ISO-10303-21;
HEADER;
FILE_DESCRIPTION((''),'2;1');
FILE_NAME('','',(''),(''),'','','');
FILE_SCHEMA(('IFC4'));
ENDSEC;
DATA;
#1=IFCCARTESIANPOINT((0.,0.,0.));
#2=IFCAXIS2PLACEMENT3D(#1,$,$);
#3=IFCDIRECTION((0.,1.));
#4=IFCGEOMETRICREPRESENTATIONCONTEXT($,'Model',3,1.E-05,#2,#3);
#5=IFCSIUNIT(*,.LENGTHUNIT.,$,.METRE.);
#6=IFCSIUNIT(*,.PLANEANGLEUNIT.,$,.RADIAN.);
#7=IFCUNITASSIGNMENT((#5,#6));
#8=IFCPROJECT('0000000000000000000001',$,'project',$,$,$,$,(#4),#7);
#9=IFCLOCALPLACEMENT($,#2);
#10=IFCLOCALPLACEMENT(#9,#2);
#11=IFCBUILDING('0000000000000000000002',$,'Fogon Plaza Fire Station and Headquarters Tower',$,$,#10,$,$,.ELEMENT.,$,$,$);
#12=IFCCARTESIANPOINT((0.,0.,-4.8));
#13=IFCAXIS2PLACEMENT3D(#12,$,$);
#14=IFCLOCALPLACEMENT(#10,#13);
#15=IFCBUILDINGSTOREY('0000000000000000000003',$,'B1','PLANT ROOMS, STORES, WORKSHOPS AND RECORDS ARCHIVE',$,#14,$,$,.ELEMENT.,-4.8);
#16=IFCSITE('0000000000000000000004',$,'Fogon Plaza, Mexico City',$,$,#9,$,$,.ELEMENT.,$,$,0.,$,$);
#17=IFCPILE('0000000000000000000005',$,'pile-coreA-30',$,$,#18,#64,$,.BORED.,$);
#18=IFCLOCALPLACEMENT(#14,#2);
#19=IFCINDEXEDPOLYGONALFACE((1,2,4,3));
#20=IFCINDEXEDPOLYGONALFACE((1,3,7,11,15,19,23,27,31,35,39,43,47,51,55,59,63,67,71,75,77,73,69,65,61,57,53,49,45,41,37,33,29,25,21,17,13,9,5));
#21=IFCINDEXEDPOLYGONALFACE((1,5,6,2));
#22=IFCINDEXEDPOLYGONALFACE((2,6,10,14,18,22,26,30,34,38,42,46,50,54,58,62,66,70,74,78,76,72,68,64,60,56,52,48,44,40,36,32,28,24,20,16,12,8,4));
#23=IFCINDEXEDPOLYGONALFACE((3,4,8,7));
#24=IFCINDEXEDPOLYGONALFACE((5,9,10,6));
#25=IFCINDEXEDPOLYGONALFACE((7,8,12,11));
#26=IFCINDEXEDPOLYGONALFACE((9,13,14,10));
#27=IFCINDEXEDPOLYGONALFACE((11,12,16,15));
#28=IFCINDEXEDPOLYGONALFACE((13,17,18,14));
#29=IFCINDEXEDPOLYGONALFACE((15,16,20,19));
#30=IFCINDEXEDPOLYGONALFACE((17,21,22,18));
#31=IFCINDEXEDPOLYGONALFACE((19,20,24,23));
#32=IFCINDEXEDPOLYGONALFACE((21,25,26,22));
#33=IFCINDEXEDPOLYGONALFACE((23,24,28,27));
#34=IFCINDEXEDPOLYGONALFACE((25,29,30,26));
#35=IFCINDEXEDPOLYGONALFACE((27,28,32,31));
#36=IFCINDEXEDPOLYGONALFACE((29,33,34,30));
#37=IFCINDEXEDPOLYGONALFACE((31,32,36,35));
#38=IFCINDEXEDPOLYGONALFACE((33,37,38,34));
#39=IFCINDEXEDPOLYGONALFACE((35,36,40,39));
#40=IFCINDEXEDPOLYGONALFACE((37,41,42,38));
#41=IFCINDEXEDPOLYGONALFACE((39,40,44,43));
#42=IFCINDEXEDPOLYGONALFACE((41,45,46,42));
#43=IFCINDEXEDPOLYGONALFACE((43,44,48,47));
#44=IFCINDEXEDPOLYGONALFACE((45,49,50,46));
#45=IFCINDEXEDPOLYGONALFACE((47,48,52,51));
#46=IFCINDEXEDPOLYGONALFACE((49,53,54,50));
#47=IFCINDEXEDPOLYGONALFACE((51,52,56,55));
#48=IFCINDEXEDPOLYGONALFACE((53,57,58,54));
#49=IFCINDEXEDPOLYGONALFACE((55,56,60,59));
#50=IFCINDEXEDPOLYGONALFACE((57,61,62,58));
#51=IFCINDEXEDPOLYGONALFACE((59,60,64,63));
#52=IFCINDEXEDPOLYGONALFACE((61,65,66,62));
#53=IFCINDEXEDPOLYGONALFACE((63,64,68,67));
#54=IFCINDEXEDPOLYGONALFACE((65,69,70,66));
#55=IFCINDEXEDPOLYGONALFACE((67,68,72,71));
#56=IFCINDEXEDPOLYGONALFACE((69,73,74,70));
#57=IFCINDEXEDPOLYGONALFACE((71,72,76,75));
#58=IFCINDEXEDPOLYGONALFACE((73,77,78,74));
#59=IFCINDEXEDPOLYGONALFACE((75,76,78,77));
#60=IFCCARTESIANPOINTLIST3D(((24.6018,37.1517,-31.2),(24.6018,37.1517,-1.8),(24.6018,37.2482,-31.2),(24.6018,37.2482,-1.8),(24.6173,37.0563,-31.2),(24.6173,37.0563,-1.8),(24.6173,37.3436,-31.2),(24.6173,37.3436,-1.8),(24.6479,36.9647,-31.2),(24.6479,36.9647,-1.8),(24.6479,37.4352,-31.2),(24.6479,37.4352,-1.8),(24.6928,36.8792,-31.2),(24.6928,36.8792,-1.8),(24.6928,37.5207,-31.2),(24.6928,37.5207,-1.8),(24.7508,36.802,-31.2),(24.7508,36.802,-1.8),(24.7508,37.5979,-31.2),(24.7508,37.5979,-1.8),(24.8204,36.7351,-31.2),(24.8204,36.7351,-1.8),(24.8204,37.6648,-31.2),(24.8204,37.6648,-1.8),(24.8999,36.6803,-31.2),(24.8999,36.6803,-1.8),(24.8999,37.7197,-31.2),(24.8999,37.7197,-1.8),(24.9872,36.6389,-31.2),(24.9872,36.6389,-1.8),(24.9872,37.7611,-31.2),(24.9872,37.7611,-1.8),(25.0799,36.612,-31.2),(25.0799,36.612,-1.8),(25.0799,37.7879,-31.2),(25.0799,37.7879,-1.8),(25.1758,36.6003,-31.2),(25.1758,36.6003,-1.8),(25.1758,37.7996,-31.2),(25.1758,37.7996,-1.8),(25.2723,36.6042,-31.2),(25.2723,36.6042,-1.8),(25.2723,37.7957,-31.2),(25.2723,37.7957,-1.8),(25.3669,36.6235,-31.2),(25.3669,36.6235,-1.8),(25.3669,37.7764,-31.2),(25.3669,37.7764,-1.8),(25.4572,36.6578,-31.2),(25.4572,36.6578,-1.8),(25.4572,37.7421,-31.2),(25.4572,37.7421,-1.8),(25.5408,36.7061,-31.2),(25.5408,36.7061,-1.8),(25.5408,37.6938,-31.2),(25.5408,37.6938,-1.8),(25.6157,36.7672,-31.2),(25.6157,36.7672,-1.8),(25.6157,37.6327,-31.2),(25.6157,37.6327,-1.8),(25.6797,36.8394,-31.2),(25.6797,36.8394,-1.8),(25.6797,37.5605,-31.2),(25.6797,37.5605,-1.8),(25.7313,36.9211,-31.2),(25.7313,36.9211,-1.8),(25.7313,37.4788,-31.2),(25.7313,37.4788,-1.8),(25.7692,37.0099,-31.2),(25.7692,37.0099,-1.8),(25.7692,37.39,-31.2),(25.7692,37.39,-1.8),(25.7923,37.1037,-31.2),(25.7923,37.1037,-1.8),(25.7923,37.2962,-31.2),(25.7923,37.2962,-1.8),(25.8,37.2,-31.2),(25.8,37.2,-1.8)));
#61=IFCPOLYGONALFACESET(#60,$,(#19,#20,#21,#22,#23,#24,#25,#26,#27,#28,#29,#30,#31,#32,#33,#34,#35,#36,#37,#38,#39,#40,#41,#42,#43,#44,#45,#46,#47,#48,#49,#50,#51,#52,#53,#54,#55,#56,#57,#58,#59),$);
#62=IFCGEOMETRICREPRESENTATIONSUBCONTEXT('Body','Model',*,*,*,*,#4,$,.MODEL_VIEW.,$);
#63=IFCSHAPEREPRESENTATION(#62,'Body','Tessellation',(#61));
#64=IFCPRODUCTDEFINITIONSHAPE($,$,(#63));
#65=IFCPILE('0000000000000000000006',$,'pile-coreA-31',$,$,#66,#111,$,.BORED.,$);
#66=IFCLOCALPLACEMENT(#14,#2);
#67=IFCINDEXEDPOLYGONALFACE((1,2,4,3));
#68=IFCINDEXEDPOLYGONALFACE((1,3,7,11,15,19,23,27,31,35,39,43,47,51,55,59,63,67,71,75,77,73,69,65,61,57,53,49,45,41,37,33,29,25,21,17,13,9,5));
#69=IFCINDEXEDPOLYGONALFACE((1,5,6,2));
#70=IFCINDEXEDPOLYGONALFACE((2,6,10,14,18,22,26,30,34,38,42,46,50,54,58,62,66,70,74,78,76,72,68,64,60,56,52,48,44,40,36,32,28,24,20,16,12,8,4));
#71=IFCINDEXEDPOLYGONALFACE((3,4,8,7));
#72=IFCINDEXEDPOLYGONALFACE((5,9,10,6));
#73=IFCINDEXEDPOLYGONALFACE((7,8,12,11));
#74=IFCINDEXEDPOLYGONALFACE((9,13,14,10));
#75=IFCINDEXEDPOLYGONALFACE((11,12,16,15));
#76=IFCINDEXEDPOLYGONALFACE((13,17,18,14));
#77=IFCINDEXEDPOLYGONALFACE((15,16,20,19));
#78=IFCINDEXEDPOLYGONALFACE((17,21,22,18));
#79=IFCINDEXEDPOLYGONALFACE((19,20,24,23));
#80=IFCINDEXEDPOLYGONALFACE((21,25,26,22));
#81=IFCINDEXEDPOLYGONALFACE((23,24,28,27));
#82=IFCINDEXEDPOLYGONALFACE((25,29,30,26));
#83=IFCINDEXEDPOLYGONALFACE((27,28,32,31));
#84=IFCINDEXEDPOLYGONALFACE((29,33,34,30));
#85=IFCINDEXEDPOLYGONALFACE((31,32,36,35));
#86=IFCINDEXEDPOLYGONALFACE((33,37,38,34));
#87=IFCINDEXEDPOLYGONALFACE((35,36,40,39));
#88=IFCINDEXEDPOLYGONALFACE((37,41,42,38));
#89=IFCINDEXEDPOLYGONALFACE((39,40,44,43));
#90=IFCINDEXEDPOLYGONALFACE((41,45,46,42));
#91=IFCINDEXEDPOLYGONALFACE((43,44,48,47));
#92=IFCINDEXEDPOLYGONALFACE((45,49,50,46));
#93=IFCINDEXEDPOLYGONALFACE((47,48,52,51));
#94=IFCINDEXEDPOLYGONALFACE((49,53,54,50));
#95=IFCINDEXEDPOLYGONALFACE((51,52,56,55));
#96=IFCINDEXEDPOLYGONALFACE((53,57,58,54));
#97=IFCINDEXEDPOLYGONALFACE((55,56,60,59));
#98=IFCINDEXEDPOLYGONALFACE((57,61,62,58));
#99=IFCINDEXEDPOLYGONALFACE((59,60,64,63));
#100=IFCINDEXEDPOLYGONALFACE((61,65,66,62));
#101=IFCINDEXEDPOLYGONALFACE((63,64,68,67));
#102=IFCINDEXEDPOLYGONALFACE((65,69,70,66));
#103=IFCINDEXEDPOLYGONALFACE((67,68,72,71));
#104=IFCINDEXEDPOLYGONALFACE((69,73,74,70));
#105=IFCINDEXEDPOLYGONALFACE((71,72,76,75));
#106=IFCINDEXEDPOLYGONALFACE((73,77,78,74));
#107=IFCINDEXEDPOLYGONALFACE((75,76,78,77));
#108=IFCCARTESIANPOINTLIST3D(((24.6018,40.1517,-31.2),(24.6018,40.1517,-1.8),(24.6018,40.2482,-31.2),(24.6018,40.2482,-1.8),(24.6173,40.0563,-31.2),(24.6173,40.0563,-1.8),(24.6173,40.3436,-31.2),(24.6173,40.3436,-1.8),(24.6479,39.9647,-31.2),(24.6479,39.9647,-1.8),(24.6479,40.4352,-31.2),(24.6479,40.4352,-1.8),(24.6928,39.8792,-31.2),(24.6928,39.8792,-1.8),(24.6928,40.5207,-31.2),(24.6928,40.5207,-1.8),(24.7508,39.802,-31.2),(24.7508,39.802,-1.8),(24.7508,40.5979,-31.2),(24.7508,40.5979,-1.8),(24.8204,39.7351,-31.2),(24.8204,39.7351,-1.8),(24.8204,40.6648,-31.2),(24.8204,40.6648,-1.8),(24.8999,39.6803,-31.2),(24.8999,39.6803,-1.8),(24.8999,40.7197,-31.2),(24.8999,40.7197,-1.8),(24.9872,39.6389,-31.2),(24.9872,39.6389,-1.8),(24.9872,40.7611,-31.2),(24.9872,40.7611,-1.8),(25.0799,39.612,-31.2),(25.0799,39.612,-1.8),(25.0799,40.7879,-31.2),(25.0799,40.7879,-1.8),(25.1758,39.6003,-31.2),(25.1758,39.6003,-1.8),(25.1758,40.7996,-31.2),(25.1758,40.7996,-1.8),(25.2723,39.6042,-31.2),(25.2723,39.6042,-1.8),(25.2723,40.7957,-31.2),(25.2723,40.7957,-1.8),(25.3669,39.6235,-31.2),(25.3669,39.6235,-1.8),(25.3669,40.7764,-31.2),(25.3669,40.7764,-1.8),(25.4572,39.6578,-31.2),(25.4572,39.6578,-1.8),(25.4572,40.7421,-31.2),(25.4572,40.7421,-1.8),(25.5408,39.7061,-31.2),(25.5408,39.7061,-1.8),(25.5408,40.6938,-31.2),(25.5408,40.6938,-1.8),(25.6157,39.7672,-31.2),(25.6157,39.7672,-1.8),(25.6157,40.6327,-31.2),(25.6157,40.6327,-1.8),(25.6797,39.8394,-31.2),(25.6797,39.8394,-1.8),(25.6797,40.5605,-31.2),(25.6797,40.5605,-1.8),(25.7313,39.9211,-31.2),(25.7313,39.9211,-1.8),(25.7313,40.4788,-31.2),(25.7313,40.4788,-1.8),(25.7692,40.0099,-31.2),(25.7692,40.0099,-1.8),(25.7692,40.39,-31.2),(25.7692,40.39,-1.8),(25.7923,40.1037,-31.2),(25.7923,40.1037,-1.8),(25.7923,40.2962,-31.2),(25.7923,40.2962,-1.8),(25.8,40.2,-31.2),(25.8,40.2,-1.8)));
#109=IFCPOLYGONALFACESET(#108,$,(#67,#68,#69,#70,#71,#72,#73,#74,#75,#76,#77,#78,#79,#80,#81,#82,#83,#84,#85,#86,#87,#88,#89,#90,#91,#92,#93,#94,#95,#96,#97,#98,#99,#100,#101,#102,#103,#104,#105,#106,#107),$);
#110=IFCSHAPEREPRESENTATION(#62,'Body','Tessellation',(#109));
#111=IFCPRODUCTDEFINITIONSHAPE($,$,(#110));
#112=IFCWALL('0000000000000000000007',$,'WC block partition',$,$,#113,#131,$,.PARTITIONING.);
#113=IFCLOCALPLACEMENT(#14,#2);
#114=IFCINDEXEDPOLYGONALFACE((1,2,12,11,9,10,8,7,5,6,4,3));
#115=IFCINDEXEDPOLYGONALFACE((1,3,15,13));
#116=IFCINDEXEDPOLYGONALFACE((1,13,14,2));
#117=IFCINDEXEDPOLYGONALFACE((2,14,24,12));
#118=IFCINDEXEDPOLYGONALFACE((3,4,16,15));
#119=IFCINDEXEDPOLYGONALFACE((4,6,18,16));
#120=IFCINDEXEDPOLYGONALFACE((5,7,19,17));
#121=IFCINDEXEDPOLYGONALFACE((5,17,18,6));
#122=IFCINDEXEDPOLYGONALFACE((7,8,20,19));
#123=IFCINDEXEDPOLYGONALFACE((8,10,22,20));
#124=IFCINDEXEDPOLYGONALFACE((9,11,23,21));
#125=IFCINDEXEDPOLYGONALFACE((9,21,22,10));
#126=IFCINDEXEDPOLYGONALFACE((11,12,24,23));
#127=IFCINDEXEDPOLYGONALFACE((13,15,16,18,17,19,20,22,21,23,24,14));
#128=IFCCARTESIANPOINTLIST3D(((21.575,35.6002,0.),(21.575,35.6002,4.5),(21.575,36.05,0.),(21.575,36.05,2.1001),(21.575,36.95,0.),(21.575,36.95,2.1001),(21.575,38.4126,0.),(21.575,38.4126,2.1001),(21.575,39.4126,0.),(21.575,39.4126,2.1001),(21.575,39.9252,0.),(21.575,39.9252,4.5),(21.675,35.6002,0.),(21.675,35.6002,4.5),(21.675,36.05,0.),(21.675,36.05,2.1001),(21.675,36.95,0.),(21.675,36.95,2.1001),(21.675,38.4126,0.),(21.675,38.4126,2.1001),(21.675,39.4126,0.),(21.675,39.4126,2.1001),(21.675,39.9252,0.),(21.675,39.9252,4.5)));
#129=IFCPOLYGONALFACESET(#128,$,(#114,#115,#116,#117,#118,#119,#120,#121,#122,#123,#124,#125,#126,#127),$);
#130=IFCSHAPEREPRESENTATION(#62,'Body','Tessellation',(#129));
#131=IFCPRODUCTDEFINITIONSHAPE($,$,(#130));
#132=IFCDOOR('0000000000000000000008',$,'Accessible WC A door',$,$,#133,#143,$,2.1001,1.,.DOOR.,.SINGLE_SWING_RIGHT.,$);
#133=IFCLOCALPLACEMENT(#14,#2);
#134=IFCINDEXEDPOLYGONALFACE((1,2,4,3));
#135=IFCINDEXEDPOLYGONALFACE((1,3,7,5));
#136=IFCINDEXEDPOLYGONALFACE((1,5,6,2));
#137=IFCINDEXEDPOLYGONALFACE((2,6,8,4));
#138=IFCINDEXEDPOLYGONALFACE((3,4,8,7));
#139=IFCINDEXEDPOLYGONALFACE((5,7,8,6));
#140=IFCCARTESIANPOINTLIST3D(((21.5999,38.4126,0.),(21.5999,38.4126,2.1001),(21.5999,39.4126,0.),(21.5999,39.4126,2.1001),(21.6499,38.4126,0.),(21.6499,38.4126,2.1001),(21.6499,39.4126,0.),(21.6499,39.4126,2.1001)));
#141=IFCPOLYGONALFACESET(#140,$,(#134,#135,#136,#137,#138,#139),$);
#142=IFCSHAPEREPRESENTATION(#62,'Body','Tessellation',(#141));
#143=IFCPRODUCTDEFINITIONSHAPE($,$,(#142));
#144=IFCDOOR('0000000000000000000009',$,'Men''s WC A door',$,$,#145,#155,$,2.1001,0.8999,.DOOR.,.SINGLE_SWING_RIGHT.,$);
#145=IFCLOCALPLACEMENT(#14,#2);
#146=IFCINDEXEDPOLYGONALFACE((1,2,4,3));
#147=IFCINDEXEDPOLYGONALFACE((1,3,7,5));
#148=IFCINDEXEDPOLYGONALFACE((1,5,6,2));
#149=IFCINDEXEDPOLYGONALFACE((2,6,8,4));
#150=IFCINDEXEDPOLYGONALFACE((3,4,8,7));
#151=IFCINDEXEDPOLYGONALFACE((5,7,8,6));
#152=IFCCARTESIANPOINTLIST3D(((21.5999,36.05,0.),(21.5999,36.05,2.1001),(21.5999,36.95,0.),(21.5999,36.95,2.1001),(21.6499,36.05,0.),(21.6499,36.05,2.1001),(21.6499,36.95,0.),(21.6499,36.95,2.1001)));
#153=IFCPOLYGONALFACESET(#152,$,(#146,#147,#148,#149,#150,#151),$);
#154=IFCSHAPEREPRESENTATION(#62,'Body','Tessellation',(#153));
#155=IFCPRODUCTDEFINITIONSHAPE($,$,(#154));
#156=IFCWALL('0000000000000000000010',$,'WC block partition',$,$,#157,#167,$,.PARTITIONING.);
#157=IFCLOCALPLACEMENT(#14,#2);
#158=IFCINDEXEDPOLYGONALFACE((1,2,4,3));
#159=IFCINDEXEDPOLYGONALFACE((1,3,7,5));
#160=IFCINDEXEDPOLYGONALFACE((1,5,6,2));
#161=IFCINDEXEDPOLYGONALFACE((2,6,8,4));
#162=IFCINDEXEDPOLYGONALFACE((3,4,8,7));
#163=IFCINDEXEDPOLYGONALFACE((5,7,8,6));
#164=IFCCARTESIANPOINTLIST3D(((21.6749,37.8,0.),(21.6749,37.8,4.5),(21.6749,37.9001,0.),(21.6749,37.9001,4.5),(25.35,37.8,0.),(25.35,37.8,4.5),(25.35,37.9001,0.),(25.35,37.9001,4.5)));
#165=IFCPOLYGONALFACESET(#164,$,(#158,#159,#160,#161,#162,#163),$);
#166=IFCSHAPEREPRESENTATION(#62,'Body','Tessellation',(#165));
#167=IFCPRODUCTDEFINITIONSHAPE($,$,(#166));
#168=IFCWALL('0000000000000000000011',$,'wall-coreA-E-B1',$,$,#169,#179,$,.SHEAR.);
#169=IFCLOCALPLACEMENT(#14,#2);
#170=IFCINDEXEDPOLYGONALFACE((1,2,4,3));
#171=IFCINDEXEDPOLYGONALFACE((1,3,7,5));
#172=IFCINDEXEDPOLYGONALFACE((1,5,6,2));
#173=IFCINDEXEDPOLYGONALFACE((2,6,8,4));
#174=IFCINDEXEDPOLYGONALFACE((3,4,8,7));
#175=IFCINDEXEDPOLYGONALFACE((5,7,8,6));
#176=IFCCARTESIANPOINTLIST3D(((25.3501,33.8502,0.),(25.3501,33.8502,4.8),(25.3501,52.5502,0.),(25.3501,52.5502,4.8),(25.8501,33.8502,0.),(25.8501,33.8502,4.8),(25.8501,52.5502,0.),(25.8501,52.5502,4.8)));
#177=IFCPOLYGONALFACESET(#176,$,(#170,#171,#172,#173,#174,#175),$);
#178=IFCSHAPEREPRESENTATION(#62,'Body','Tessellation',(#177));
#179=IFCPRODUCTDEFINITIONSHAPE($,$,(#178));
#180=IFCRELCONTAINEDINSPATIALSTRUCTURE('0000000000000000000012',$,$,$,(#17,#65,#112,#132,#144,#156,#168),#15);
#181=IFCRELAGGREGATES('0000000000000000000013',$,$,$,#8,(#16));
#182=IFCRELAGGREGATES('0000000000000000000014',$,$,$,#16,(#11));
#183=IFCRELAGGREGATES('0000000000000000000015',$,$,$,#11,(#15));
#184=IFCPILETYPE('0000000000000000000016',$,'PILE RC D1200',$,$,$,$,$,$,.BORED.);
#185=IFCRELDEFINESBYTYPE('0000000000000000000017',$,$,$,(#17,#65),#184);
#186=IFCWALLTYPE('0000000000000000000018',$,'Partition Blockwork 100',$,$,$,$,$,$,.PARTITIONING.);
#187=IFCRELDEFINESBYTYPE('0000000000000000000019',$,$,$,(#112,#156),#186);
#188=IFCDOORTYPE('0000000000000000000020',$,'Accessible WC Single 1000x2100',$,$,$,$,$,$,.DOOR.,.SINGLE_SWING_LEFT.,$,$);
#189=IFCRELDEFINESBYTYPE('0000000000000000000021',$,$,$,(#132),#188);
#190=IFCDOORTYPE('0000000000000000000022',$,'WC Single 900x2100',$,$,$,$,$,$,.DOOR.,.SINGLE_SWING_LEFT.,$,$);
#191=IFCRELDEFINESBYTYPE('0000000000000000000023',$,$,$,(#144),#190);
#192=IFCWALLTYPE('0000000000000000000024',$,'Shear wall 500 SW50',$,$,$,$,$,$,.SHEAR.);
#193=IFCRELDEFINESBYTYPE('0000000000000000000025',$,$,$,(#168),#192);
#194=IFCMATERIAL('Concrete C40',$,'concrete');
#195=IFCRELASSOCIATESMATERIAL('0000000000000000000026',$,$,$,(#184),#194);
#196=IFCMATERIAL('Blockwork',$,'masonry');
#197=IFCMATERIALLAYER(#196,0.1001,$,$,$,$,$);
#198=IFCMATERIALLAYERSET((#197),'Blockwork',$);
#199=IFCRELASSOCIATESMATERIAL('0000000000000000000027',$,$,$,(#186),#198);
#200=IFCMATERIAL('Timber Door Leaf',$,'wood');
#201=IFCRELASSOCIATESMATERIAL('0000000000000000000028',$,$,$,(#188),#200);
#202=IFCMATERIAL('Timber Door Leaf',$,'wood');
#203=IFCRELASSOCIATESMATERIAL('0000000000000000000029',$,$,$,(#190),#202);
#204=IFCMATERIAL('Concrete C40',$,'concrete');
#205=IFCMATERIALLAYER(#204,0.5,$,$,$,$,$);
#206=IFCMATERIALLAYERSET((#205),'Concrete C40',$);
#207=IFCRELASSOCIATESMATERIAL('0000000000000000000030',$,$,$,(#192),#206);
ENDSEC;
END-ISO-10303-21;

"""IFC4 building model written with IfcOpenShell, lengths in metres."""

from ifc_helpers import new_model, si_unit, direction, frame, frame_2d, origin, origin_2d, place, context, subcontext, project, spatial, rectangle, circle, extrude, material, layer, layer_set, material_profile, profile_set, type_object, element, fill, save


model = new_model("IFC4")

# Units and contexts
model_context = context("Model", 3, precision=1e-05, world=origin(), true_north=direction((0.0, 1.0)))
body_context = subcontext(model_context, "Body", "Model", "MODEL_VIEW")
ifc_project = project(units=[si_unit("LENGTHUNIT", "METRE"), si_unit("PLANEANGLEUNIT", "RADIAN")], contexts=[model_context])

# Site, building, storey
site_placement = place(None, origin())
site = spatial("IfcSite", under=ifc_project, at=site_placement, Name="Fogon Plaza, Mexico City", CompositionType="ELEMENT", RefElevation=0.0)
building_placement = place(site_placement, origin())
building = spatial("IfcBuilding", under=site, at=building_placement, Name="Fogon Plaza Fire Station and Headquarters Tower", CompositionType="ELEMENT")
storey_placement = place(building_placement, frame((0.0, 0.0, -4.8)))
storey = spatial("IfcBuildingStorey", under=building, at=storey_placement, Name="B1", Description="PLANT ROOMS, STORES, WORKSHOPS AND RECORDS ARCHIVE", CompositionType="ELEMENT", Elevation=-4.8)

# Piles
ifc_material_1 = material(Name="Concrete C40", Category="concrete")
ifc_material_profile = material_profile(ifc_material_1, circle(Radius=0.6001, at=origin_2d()), Name="RC D1200")
ifc_profile_set = profile_set([ifc_material_profile], Name="Concrete C40")
pile_type = type_object("IfcPileType", Name="PILE RC D1200", PredefinedType="BORED", material=ifc_profile_set)
for number, where, z_axis, x_axis, name in (
    (1, (25.2, 37.2, -1.8), (0.0, 0.0, -1.0), (1.0, 0.0, 0.0), "pile-coreA-30"),
    (2, (25.2, 40.2, -1.8), (0.0, 0.0, -1.0), (1.0, 0.0, 0.0), "pile-coreA-31"),
):
    element("IfcPile", number, at=place(storey_placement, frame(where, z_axis=z_axis, x_axis=x_axis)), inside=storey, type_object=pile_type, Name=name, PredefinedType="BORED", context=body_context, shape_type="SweptSolid", body=[
        extrude(circle(Radius=0.6001, at=origin_2d()), origin(), (0.0, 0.0, 1.0), 29.3999),
    ])

# Wall, openings, doors
ifc_material_2 = material(Name="Blockwork", Category="masonry")
ifc_layer_1 = layer(ifc_material_2, 0.1001)
ifc_layer_set_1 = layer_set([ifc_layer_1], Name="Blockwork")
wall_type_1 = type_object("IfcWallType", Name="Partition Blockwork 100", PredefinedType="PARTITIONING", material=ifc_layer_set_1)
wall_1_placement = place(storey_placement, frame((21.625, 35.6001, 0.0), z_axis=(0.0, 0.0, 1.0), x_axis=(0.0, 1.0, 0.0)))
wall_1 = element("IfcWall", 3, at=wall_1_placement, inside=storey, type_object=wall_type_1, Name="WC block partition", PredefinedType="PARTITIONING", context=body_context, shape_type="SweptSolid", body=[
    extrude(rectangle(XDim=4.325, YDim=0.1001, at=frame_2d((2.1626, 0.0))), origin(), (0.0, 0.0, 1.0), 4.5),
])
opening_1_placement = place(wall_1_placement, frame((0.45, 0.0, 0.0)))
opening_1 = element("IfcOpeningElement", 4, at=opening_1_placement, cuts=wall_1, PredefinedType="OPENING", context=body_context, shape_type="SweptSolid", body=[
    extrude(rectangle(XDim=0.8999, YDim=2.1001, at=frame_2d((0.45, 1.05))), frame((0.0, 0.0601, 0.0), z_axis=(0.0, -1.0, 0.0), x_axis=(1.0, 0.0, 0.0)), (0.0, 0.0, 1.0), 0.1201),
])
opening_2_placement = place(wall_1_placement, frame((2.8125, 0.0, 0.0)))
opening_2 = element("IfcOpeningElement", 5, at=opening_2_placement, cuts=wall_1, PredefinedType="OPENING", context=body_context, shape_type="SweptSolid", body=[
    extrude(rectangle(XDim=1.0, YDim=2.1001, at=frame_2d((0.5, 1.05))), frame((0.0, 0.0601, 0.0), z_axis=(0.0, -1.0, 0.0), x_axis=(1.0, 0.0, 0.0)), (0.0, 0.0, 1.0), 0.1201),
])
ifc_material_3 = material(Name="Timber Door Leaf", Category="wood")
door_type_1 = type_object("IfcDoorType", Name="Accessible WC Single 1000x2100", OperationType="SINGLE_SWING_LEFT", PredefinedType="DOOR", material=ifc_material_3)
door_1_placement = place(opening_2_placement, frame((1.0, 0.0, 0.0), z_axis=(0.0, 0.0, 1.0), x_axis=(-1.0, 0.0, 0.0)))
door_1 = element("IfcDoor", 6, at=door_1_placement, inside=storey, type_object=door_type_1, Name="Accessible WC A door", OperationType="SINGLE_SWING_RIGHT", OverallHeight=2.1001, OverallWidth=1.0, PredefinedType="DOOR", context=body_context, shape_type="SweptSolid", body=[
    extrude(rectangle(XDim=1.0, YDim=2.1001, at=frame_2d((0.5, 1.05))), frame((0.0, 0.0249, 0.0), z_axis=(0.0, -1.0, 0.0), x_axis=(1.0, 0.0, 0.0)), (0.0, 0.0, 1.0), 0.05),
])
fill(opening_2, door_1)
ifc_material_4 = material(Name="Timber Door Leaf", Category="wood")
door_type_2 = type_object("IfcDoorType", Name="WC Single 900x2100", OperationType="SINGLE_SWING_LEFT", PredefinedType="DOOR", material=ifc_material_4)
door_2_placement = place(opening_1_placement, frame((0.8999, 0.0, 0.0), z_axis=(0.0, 0.0, 1.0), x_axis=(-1.0, 0.0, 0.0)))
door_2 = element("IfcDoor", 7, at=door_2_placement, inside=storey, type_object=door_type_2, Name="Men's WC A door", OperationType="SINGLE_SWING_RIGHT", OverallHeight=2.1001, OverallWidth=0.8999, PredefinedType="DOOR", context=body_context, shape_type="SweptSolid", body=[
    extrude(rectangle(XDim=0.8999, YDim=2.1001, at=frame_2d((0.45, 1.05))), frame((0.0, 0.0249, 0.0), z_axis=(0.0, -1.0, 0.0), x_axis=(1.0, 0.0, 0.0)), (0.0, 0.0, 1.0), 0.05),
])
fill(opening_1, door_2)

# Walls
wall_2_placement = place(storey_placement, frame((21.675, 37.8501, 0.0), z_axis=(0.0, 0.0, 1.0), x_axis=(1.0, 0.0, 0.0)))
element("IfcWall", 8, at=wall_2_placement, inside=storey, type_object=wall_type_1, Name="WC block partition", PredefinedType="PARTITIONING", context=body_context, shape_type="SweptSolid", body=[
    extrude(rectangle(XDim=3.675, YDim=0.1001, at=frame_2d((1.8374, 0.0))), origin(), (0.0, 0.0, 1.0), 4.5),
])
ifc_material_5 = material(Name="Concrete C40", Category="concrete")
ifc_layer_2 = layer(ifc_material_5, 0.5)
ifc_layer_set_2 = layer_set([ifc_layer_2], Name="Concrete C40")
wall_type_2 = type_object("IfcWallType", Name="Shear wall 500 SW50", PredefinedType="SHEAR", material=ifc_layer_set_2)
wall_3_placement = place(storey_placement, frame((25.6001, 33.8501, 0.0), z_axis=(0.0, 0.0, 1.0), x_axis=(0.0, 1.0, 0.0)))
element("IfcWall", 9, at=wall_3_placement, inside=storey, type_object=wall_type_2, Name="wall-coreA-E-B1", PredefinedType="SHEAR", context=body_context, shape_type="SweptSolid", body=[
    extrude(rectangle(XDim=18.7, YDim=0.5, at=frame_2d((9.3501, 0.0))), origin(), (0.0, 0.0, 1.0), 4.8),
])

save(model, "model.ifc")
